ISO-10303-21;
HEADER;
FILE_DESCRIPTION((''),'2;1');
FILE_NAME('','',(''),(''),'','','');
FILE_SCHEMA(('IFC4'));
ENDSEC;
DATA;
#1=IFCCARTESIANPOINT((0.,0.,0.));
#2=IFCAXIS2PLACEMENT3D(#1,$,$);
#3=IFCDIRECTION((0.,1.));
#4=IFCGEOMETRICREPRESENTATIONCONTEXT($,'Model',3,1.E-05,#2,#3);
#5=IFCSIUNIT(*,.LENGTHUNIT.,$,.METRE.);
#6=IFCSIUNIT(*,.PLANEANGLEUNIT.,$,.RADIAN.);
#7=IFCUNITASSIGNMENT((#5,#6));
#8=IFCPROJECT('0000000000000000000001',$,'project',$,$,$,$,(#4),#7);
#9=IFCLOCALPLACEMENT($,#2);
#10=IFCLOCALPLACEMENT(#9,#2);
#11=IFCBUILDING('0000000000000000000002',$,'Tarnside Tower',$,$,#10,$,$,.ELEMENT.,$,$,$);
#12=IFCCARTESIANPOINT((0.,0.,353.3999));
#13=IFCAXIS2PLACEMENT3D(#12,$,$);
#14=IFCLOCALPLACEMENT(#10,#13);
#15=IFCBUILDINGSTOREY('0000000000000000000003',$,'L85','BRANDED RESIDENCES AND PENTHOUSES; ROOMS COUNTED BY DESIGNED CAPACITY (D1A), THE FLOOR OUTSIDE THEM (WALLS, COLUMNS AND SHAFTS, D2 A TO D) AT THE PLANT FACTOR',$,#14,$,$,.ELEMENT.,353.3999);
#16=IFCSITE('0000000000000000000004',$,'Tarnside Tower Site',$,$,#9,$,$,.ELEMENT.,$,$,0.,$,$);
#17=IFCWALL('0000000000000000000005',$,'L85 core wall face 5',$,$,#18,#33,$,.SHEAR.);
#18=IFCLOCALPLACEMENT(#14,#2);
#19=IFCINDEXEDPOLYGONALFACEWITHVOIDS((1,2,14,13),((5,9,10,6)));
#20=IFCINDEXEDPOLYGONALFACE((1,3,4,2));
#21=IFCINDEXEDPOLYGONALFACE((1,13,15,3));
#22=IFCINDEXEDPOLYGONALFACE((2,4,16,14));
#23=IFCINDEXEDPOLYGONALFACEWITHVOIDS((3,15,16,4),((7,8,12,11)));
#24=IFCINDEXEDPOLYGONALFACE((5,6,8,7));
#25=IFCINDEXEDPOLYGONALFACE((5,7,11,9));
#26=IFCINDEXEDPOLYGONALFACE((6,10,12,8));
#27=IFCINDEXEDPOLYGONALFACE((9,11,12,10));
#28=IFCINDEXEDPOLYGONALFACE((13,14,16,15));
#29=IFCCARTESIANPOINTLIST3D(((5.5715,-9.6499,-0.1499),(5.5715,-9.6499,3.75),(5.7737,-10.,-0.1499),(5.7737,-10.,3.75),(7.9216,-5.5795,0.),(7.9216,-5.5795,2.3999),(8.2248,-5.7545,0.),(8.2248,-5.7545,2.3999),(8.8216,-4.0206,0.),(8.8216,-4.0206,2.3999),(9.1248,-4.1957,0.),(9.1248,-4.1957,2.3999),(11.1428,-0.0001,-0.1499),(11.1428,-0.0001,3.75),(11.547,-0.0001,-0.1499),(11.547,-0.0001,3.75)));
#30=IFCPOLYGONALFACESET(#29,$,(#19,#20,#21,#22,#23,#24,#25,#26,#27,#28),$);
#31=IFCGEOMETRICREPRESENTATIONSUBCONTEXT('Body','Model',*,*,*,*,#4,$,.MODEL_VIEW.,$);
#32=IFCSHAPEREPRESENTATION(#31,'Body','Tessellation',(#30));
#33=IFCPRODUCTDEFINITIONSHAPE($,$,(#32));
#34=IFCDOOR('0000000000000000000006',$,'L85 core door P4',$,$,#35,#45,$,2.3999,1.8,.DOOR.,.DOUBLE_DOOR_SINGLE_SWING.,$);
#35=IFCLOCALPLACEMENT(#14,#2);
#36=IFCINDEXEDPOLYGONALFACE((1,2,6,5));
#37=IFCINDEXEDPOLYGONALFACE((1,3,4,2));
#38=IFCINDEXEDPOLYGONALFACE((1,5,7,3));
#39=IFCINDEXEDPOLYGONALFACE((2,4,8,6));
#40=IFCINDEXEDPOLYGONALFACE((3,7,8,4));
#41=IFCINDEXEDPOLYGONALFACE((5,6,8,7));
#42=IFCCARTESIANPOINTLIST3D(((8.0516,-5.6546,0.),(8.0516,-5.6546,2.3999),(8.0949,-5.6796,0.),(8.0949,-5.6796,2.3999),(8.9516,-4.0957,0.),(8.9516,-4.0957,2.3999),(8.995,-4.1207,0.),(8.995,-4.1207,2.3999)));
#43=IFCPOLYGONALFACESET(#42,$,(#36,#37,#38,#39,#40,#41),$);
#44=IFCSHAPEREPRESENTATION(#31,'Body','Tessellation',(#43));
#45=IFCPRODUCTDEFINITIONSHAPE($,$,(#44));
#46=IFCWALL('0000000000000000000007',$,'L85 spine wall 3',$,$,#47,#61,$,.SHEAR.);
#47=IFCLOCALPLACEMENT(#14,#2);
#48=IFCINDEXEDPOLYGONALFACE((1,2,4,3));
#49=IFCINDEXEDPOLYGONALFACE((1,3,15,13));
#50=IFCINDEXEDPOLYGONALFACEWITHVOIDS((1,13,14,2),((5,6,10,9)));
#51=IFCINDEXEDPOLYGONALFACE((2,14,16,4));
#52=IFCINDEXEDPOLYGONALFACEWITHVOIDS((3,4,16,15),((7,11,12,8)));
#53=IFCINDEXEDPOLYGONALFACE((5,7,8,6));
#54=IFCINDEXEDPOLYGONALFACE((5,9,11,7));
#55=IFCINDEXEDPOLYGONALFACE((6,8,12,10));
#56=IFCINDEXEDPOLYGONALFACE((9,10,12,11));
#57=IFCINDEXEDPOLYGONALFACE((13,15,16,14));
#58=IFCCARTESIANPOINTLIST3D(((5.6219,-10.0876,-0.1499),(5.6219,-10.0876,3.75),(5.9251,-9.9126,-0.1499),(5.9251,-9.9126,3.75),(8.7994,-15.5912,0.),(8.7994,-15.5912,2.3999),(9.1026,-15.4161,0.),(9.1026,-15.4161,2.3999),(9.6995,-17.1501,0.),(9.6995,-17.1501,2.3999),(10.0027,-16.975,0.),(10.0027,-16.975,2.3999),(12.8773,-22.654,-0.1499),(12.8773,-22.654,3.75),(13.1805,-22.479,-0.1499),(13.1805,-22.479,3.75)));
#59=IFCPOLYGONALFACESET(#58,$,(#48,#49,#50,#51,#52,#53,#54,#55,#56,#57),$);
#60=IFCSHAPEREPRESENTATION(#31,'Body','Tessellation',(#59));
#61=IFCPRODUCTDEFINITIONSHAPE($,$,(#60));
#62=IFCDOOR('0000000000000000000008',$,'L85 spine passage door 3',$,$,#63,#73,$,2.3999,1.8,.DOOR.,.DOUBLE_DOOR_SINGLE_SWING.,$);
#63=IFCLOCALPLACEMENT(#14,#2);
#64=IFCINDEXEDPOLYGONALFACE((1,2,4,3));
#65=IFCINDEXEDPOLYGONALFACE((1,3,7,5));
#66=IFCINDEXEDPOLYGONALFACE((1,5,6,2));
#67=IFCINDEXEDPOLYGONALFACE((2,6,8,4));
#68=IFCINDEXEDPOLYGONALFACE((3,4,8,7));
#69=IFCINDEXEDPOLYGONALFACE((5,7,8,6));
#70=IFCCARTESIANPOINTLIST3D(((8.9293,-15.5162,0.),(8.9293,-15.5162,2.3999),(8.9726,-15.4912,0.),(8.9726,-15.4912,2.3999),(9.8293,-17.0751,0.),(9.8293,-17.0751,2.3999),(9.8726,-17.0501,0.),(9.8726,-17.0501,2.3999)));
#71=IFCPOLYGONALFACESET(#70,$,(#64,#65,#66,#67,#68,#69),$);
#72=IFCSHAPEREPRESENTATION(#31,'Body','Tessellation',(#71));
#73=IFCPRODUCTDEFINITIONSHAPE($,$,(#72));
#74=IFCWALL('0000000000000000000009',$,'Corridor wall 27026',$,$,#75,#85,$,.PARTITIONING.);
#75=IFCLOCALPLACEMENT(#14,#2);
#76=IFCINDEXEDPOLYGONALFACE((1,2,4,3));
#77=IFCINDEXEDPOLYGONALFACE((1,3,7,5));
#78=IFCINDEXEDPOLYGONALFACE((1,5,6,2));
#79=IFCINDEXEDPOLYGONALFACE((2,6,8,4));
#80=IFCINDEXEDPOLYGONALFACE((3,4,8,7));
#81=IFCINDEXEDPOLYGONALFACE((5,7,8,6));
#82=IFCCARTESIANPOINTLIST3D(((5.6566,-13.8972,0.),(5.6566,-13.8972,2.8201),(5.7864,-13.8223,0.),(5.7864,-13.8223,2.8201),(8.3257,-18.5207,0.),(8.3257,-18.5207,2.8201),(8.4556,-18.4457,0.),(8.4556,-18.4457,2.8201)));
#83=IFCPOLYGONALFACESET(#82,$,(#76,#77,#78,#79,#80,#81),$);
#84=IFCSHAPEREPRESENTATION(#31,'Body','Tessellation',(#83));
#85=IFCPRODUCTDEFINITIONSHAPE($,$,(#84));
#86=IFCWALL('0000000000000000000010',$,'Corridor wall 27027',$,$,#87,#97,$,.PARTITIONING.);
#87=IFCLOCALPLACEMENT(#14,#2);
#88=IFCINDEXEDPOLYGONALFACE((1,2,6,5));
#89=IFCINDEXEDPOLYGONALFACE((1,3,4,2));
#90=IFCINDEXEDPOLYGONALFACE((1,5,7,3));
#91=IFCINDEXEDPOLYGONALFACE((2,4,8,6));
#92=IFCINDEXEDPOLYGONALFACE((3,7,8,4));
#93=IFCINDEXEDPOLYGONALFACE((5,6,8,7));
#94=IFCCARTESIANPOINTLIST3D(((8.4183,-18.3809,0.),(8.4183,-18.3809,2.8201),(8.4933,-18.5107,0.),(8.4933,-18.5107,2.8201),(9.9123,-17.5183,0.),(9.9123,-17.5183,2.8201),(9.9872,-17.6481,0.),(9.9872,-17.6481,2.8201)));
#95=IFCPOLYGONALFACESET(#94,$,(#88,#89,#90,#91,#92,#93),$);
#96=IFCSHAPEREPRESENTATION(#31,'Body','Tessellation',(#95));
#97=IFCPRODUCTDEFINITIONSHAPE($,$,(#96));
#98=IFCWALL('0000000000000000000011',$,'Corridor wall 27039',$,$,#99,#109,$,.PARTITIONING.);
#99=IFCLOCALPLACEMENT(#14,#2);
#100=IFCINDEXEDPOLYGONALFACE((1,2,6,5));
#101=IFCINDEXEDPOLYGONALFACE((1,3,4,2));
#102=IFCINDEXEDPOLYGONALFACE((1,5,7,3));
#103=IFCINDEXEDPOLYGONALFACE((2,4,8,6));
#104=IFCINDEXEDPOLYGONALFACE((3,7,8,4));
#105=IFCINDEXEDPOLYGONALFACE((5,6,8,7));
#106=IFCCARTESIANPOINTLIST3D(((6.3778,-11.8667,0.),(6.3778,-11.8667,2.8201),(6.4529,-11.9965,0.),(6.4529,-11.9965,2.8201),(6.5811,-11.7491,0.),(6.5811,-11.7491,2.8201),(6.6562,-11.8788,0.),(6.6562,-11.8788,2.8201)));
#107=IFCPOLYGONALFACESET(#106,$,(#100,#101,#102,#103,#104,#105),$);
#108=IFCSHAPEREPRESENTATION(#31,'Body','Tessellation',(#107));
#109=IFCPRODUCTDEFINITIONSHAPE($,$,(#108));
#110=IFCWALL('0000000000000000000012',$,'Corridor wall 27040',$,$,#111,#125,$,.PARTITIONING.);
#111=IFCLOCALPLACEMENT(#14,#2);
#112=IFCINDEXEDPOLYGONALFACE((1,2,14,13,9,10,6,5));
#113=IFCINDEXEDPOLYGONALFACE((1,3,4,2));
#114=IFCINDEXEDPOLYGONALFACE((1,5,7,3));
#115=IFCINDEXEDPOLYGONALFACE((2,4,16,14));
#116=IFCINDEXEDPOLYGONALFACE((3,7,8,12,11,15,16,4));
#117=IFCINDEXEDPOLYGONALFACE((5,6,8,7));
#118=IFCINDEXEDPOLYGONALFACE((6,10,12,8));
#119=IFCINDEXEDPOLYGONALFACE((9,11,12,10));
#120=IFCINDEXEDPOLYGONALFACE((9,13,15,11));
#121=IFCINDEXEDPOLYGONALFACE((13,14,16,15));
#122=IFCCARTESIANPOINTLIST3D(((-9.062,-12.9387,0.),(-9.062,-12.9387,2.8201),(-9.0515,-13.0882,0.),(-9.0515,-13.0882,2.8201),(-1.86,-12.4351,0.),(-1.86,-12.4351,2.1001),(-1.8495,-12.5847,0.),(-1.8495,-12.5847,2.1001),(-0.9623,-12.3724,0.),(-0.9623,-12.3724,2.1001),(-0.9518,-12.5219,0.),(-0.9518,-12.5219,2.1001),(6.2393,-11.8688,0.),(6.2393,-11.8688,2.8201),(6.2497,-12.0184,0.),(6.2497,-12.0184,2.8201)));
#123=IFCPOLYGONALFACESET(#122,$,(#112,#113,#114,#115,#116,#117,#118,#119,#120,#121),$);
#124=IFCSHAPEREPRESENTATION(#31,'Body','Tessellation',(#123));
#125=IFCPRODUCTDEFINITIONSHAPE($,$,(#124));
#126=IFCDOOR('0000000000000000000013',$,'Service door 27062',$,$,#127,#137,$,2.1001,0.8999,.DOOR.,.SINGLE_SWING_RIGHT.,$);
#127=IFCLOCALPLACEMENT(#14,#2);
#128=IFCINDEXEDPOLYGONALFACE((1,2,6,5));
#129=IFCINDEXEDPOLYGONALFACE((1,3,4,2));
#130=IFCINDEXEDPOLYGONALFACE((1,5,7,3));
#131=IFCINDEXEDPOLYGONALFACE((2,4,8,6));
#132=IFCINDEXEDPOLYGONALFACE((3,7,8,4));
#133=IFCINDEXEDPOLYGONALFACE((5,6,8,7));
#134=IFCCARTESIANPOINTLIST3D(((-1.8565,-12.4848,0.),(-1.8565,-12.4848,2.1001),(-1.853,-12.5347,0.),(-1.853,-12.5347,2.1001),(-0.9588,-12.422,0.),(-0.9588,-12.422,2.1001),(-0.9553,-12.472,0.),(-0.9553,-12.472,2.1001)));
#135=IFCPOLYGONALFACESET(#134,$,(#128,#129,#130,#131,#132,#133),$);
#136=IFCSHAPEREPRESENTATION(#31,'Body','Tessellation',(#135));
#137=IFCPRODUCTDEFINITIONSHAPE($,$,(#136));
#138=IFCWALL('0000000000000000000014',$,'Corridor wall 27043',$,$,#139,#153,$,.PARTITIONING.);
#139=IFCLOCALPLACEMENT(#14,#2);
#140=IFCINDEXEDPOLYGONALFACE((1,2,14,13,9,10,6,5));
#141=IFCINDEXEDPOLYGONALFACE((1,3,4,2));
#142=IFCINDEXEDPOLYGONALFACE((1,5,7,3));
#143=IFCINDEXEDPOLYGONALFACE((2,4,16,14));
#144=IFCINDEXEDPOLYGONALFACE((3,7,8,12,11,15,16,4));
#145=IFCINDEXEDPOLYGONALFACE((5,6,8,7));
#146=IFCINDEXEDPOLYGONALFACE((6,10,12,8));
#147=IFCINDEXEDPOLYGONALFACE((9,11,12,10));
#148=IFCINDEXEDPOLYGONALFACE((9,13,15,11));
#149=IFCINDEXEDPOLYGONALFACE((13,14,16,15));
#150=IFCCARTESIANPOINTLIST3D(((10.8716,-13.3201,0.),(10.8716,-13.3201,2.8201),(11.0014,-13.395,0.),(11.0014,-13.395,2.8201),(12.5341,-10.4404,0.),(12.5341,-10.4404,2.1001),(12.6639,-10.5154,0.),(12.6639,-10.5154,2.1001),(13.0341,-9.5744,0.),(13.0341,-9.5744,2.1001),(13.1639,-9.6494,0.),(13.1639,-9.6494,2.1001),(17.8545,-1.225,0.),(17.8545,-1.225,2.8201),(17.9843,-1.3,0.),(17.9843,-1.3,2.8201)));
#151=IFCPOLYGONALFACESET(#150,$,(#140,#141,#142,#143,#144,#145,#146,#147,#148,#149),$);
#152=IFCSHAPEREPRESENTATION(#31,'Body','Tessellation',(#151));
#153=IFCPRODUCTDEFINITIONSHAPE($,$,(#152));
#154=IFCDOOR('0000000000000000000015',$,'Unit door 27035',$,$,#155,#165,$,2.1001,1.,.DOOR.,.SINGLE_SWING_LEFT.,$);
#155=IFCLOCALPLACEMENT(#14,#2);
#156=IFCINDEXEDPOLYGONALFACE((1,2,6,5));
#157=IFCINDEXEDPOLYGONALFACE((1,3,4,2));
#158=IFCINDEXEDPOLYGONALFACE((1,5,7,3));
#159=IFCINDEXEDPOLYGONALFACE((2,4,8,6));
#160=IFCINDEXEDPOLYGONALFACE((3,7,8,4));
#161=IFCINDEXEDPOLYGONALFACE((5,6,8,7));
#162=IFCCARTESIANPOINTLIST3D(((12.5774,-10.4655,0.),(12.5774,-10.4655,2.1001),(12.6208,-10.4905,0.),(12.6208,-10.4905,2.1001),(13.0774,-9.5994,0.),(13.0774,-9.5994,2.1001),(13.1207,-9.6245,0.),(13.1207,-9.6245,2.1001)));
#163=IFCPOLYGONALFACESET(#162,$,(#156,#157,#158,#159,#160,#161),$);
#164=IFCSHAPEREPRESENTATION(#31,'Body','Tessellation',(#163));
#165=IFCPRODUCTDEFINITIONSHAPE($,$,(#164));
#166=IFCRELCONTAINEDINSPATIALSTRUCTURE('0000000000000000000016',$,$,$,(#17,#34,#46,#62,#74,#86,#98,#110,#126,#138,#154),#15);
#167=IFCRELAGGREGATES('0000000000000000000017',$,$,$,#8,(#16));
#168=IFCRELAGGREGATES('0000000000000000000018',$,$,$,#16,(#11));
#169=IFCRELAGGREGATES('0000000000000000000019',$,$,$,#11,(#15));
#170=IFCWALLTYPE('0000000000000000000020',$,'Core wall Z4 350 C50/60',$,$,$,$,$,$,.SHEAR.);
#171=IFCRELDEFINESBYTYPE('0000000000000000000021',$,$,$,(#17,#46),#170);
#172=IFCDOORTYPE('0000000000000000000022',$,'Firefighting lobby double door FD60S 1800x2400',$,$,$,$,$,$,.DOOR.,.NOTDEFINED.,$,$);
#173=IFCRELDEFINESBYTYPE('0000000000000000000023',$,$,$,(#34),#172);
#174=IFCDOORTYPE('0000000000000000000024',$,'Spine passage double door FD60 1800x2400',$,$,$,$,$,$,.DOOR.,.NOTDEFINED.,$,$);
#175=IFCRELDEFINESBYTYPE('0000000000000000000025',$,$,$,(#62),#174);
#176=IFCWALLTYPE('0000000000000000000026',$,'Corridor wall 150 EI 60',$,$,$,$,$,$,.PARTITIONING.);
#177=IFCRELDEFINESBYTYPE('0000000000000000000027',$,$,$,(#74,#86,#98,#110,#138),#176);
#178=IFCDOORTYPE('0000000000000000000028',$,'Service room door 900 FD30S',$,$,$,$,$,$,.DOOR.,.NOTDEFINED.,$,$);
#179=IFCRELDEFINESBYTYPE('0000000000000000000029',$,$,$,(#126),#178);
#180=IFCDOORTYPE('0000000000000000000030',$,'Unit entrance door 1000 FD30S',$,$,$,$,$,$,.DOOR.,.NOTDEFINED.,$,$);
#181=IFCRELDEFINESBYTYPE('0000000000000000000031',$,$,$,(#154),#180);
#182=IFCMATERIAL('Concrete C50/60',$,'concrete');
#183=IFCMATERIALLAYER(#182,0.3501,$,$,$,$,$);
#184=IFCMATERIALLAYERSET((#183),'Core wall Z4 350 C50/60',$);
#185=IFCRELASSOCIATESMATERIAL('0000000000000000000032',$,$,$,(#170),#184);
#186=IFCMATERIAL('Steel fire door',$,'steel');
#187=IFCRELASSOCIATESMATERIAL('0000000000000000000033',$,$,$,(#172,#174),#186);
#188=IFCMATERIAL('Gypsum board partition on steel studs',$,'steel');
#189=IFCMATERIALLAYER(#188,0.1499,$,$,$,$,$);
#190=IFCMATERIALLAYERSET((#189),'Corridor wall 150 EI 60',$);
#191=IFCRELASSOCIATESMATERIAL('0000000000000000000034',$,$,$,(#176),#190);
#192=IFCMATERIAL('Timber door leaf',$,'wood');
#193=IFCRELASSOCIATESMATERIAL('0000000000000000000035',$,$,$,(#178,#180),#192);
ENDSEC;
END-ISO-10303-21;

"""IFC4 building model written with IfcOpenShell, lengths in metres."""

from ifc_helpers import new_model, si_unit, direction, frame, frame_2d, origin, place, context, subcontext, project, spatial, polyline, rectangle, outline, extrude, material, layer, layer_set, type_object, element, fill, save


model = new_model("IFC4")

# Units and contexts
model_context = context("Model", 3, precision=1e-05, world=origin(), true_north=direction((0.0, 1.0)))
body_context = subcontext(model_context, "Body", "Model", "MODEL_VIEW")
ifc_project = project(units=[si_unit("LENGTHUNIT", "METRE"), si_unit("PLANEANGLEUNIT", "RADIAN")], contexts=[model_context])

# Site, building, storey
site_placement = place(None, origin())
site = spatial("IfcSite", under=ifc_project, at=site_placement, Name="Tarnside Tower Site", CompositionType="ELEMENT", RefElevation=0.0)
building_placement = place(site_placement, origin())
building = spatial("IfcBuilding", under=site, at=building_placement, Name="Tarnside Tower", CompositionType="ELEMENT")
storey_placement = place(building_placement, frame((0.0, 0.0, 353.3999)))
storey = spatial("IfcBuildingStorey", under=building, at=storey_placement, Name="L85", Description="BRANDED RESIDENCES AND PENTHOUSES; ROOMS COUNTED BY DESIGNED CAPACITY (D1A), THE FLOOR OUTSIDE THEM (WALLS, COLUMNS AND SHAFTS, D2 A TO D) AT THE PLANT FACTOR", CompositionType="ELEMENT", Elevation=353.3999)

# Walls, openings, doors
ifc_material_1 = material(Name="Concrete C50/60", Category="concrete")
ifc_layer_1 = layer(ifc_material_1, 0.3501)
ifc_layer_set_1 = layer_set([ifc_layer_1], Name="Core wall Z4 350 C50/60")
wall_type_1 = type_object("IfcWallType", Name="Core wall Z4 350 C50/60", PredefinedType="SHEAR", material=ifc_layer_set_1)
wall_1_placement = place(storey_placement, frame((5.6726, -9.825, -0.1499), z_axis=(0.0, 0.0, 1.0), x_axis=(0.499995, 0.866028, 0.0)))
wall_1 = element("IfcWall", 1, at=wall_1_placement, inside=storey, type_object=wall_type_1, Name="L85 core wall face 5", PredefinedType="SHEAR", context=body_context, shape_type="SweptSolid", body=[
    extrude(outline(polyline([(-0.1011, -0.175), (11.4458, -0.175), (11.2437, 0.175), (0.1011, 0.175), (-0.1011, -0.175)])), origin(), (0.0, 0.0, 1.0), 3.8999),
])
opening_1_placement = place(wall_1_placement, frame((4.8013, 0.0, 0.1499)))
opening_1 = element("IfcOpeningElement", 2, at=opening_1_placement, cuts=wall_1, PredefinedType="OPENING", context=body_context, shape_type="SweptSolid", body=[
    extrude(rectangle(XDim=1.8, YDim=2.3999, at=frame_2d((0.8999, 1.2))), frame((0.0, 0.1851, 0.0), z_axis=(0.0, -1.0, 0.0), x_axis=(1.0, 0.0, 0.0)), (0.0, 0.0, 1.0), 0.3701),
])
ifc_material_2 = material(Name="Steel fire door", Category="steel")
door_type_1 = type_object("IfcDoorType", Name="Firefighting lobby double door FD60S 1800x2400", OperationType="NOTDEFINED", PredefinedType="DOOR", material=ifc_material_2)
door_1_placement = place(opening_1_placement, origin())
door_1 = element("IfcDoor", 3, at=door_1_placement, inside=storey, type_object=door_type_1, Name="L85 core door P4", OperationType="DOUBLE_DOOR_SINGLE_SWING", OverallHeight=2.3999, OverallWidth=1.8, PredefinedType="DOOR", context=body_context, shape_type="SweptSolid", body=[
    extrude(rectangle(XDim=1.8, YDim=2.3999, at=frame_2d((0.8999, 1.2))), frame((0.0, 0.0249, 0.0), z_axis=(0.0, -1.0, 0.0), x_axis=(1.0, 0.0, 0.0)), (0.0, 0.0, 1.0), 0.05),
])
fill(opening_1, door_1)
wall_2_placement = place(storey_placement, frame((5.7734, -10.0, -0.1499), z_axis=(0.0, 0.0, 1.0), x_axis=(0.500008, -0.866021, 0.0)))
wall_2 = element("IfcWall", 4, at=wall_2_placement, inside=storey, type_object=wall_type_1, Name="L85 spine wall 3", PredefinedType="SHEAR", context=body_context, shape_type="SweptSolid", body=[
    extrude(rectangle(XDim=14.5105, YDim=0.3501, at=frame_2d((7.2554, 0.0))), origin(), (0.0, 0.0, 1.0), 3.8999),
])
opening_2_placement = place(wall_2_placement, frame((6.3552, 0.0, 0.1499)))
opening_2 = element("IfcOpeningElement", 5, at=opening_2_placement, cuts=wall_2, PredefinedType="OPENING", context=body_context, shape_type="SweptSolid", body=[
    extrude(rectangle(XDim=1.8, YDim=2.3999, at=frame_2d((0.8999, 1.2))), frame((0.0, 0.1851, 0.0), z_axis=(0.0, -1.0, 0.0), x_axis=(1.0, 0.0, 0.0)), (0.0, 0.0, 1.0), 0.3701),
])
door_type_2 = type_object("IfcDoorType", Name="Spine passage double door FD60 1800x2400", OperationType="NOTDEFINED", PredefinedType="DOOR", material=ifc_material_2)
door_2_placement = place(opening_2_placement, origin())
door_2 = element("IfcDoor", 6, at=door_2_placement, inside=storey, type_object=door_type_2, Name="L85 spine passage door 3", OperationType="DOUBLE_DOOR_SINGLE_SWING", OverallHeight=2.3999, OverallWidth=1.8, PredefinedType="DOOR", context=body_context, shape_type="SweptSolid", body=[
    extrude(rectangle(XDim=1.8, YDim=2.3999, at=frame_2d((0.8999, 1.2))), frame((0.0, 0.0249, 0.0), z_axis=(0.0, -1.0, 0.0), x_axis=(1.0, 0.0, 0.0)), (0.0, 0.0, 1.0), 0.05),
])
fill(opening_2, door_2)

# Walls
ifc_material_3 = material(Name="Gypsum board partition on steel studs", Category="steel")
ifc_layer_2 = layer(ifc_material_3, 0.1499)
ifc_layer_set_2 = layer_set([ifc_layer_2], Name="Corridor wall 150 EI 60")
wall_type_2 = type_object("IfcWallType", Name="Corridor wall 150 EI 60", PredefinedType="PARTITIONING", material=ifc_layer_set_2)
wall_3_placement = place(storey_placement, frame((5.7214, -13.8596, 0.0), z_axis=(0.0, 0.0, 1.0), x_axis=(0.499971, -0.866042, 0.0)))
element("IfcWall", 7, at=wall_3_placement, inside=storey, type_object=wall_type_2, Name="Corridor wall 27026", PredefinedType="PARTITIONING", context=body_context, shape_type="SweptSolid", body=[
    extrude(rectangle(XDim=5.3386, YDim=0.1499, at=frame_2d((2.6694, 0.0))), origin(), (0.0, 0.0, 1.0), 2.8201),
])
wall_4_placement = place(storey_placement, frame((8.4558, -18.4458, 0.0), z_axis=(0.0, 0.0, 1.0), x_axis=(0.866014, 0.500021, 0.0)))
element("IfcWall", 8, at=wall_4_placement, inside=storey, type_object=wall_type_2, Name="Corridor wall 27027", PredefinedType="PARTITIONING", context=body_context, shape_type="SweptSolid", body=[
    extrude(rectangle(XDim=1.7251, YDim=0.1499, at=frame_2d((0.8625, 0.0))), origin(), (0.0, 0.0, 1.0), 2.8201),
])
wall_5_placement = place(storey_placement, frame((6.6187, -11.814, 0.0), z_axis=(0.0, 0.0, 1.0), x_axis=(-0.865545, -0.500831, 0.0)))
element("IfcWall", 9, at=wall_5_placement, inside=storey, type_object=wall_type_2, Name="Corridor wall 27039", PredefinedType="PARTITIONING", context=body_context, shape_type="SweptSolid", body=[
    extrude(rectangle(XDim=0.2349, YDim=0.1499, at=frame_2d((0.1174, 0.0))), origin(), (0.0, 0.0, 1.0), 2.8201),
])

# Walls, openings, doors
wall_6_placement = place(storey_placement, frame((6.2446, -11.9436, 0.0), z_axis=(0.0, 0.0, 1.0), x_axis=(-0.997565, -0.069747, 0.0)))
wall_6 = element("IfcWall", 10, at=wall_6_placement, inside=storey, type_object=wall_type_2, Name="Corridor wall 27040", PredefinedType="PARTITIONING", context=body_context, shape_type="SweptSolid", body=[
    extrude(rectangle(XDim=15.3386, YDim=0.1499, at=frame_2d((7.6694, 0.0))), origin(), (0.0, 0.0, 1.0), 2.8201),
])
opening_3_placement = place(wall_6_placement, frame((7.2192, 0.0, 0.0)))
opening_3 = element("IfcOpeningElement", 11, at=opening_3_placement, cuts=wall_6, PredefinedType="OPENING", context=body_context, shape_type="SweptSolid", body=[
    extrude(rectangle(XDim=0.8999, YDim=2.1001, at=frame_2d((0.45, 1.05))), frame((0.0, 0.085, 0.0), z_axis=(0.0, -1.0, 0.0), x_axis=(1.0, 0.0, 0.0)), (0.0, 0.0, 1.0), 0.1699),
])
ifc_material_4 = material(Name="Timber door leaf", Category="wood")
door_type_3 = type_object("IfcDoorType", Name="Service room door 900 FD30S", OperationType="NOTDEFINED", PredefinedType="DOOR", material=ifc_material_4)
door_3_placement = place(opening_3_placement, origin())
door_3 = element("IfcDoor", 12, at=door_3_placement, inside=storey, type_object=door_type_3, Name="Service door 27062", OperationType="SINGLE_SWING_RIGHT", OverallHeight=2.1001, OverallWidth=0.8999, PredefinedType="DOOR", context=body_context, shape_type="SweptSolid", body=[
    extrude(rectangle(XDim=0.8999, YDim=2.1001, at=frame_2d((0.45, 1.05))), frame((0.0, 0.0249, 0.0), z_axis=(0.0, -1.0, 0.0), x_axis=(1.0, 0.0, 0.0)), (0.0, 0.0, 1.0), 0.05),
])
fill(opening_3, door_3)
wall_7_placement = place(storey_placement, frame((10.9365, -13.3574, 0.0), z_axis=(0.0, 0.0, 1.0), x_axis=(0.499993, 0.866029, 0.0)))
wall_7 = element("IfcWall", 13, at=wall_7_placement, inside=storey, type_object=wall_type_2, Name="Corridor wall 27043", PredefinedType="PARTITIONING", context=body_context, shape_type="SweptSolid", body=[
    extrude(rectangle(XDim=13.9661, YDim=0.1499, at=frame_2d((6.9829, 0.0))), origin(), (0.0, 0.0, 1.0), 2.8201),
])
opening_4_placement = place(wall_7_placement, frame((3.325, 0.0, 0.0)))
opening_4 = element("IfcOpeningElement", 14, at=opening_4_placement, cuts=wall_7, PredefinedType="OPENING", context=body_context, shape_type="SweptSolid", body=[
    extrude(rectangle(XDim=1.0, YDim=2.1001, at=frame_2d((0.5, 1.05))), frame((0.0, 0.085, 0.0), z_axis=(0.0, -1.0, 0.0), x_axis=(1.0, 0.0, 0.0)), (0.0, 0.0, 1.0), 0.1699),
])
door_type_4 = type_object("IfcDoorType", Name="Unit entrance door 1000 FD30S", OperationType="NOTDEFINED", PredefinedType="DOOR", material=ifc_material_4)
door_4_placement = place(opening_4_placement, origin())
door_4 = element("IfcDoor", 15, at=door_4_placement, inside=storey, type_object=door_type_4, Name="Unit door 27035", OperationType="SINGLE_SWING_LEFT", OverallHeight=2.1001, OverallWidth=1.0, PredefinedType="DOOR", context=body_context, shape_type="SweptSolid", body=[
    extrude(rectangle(XDim=1.0, YDim=2.1001, at=frame_2d((0.5, 1.05))), frame((0.0, 0.0249, 0.0), z_axis=(0.0, -1.0, 0.0), x_axis=(1.0, 0.0, 0.0)), (0.0, 0.0, 1.0), 0.05),
])
fill(opening_4, door_4)

save(model, "model.ifc")
